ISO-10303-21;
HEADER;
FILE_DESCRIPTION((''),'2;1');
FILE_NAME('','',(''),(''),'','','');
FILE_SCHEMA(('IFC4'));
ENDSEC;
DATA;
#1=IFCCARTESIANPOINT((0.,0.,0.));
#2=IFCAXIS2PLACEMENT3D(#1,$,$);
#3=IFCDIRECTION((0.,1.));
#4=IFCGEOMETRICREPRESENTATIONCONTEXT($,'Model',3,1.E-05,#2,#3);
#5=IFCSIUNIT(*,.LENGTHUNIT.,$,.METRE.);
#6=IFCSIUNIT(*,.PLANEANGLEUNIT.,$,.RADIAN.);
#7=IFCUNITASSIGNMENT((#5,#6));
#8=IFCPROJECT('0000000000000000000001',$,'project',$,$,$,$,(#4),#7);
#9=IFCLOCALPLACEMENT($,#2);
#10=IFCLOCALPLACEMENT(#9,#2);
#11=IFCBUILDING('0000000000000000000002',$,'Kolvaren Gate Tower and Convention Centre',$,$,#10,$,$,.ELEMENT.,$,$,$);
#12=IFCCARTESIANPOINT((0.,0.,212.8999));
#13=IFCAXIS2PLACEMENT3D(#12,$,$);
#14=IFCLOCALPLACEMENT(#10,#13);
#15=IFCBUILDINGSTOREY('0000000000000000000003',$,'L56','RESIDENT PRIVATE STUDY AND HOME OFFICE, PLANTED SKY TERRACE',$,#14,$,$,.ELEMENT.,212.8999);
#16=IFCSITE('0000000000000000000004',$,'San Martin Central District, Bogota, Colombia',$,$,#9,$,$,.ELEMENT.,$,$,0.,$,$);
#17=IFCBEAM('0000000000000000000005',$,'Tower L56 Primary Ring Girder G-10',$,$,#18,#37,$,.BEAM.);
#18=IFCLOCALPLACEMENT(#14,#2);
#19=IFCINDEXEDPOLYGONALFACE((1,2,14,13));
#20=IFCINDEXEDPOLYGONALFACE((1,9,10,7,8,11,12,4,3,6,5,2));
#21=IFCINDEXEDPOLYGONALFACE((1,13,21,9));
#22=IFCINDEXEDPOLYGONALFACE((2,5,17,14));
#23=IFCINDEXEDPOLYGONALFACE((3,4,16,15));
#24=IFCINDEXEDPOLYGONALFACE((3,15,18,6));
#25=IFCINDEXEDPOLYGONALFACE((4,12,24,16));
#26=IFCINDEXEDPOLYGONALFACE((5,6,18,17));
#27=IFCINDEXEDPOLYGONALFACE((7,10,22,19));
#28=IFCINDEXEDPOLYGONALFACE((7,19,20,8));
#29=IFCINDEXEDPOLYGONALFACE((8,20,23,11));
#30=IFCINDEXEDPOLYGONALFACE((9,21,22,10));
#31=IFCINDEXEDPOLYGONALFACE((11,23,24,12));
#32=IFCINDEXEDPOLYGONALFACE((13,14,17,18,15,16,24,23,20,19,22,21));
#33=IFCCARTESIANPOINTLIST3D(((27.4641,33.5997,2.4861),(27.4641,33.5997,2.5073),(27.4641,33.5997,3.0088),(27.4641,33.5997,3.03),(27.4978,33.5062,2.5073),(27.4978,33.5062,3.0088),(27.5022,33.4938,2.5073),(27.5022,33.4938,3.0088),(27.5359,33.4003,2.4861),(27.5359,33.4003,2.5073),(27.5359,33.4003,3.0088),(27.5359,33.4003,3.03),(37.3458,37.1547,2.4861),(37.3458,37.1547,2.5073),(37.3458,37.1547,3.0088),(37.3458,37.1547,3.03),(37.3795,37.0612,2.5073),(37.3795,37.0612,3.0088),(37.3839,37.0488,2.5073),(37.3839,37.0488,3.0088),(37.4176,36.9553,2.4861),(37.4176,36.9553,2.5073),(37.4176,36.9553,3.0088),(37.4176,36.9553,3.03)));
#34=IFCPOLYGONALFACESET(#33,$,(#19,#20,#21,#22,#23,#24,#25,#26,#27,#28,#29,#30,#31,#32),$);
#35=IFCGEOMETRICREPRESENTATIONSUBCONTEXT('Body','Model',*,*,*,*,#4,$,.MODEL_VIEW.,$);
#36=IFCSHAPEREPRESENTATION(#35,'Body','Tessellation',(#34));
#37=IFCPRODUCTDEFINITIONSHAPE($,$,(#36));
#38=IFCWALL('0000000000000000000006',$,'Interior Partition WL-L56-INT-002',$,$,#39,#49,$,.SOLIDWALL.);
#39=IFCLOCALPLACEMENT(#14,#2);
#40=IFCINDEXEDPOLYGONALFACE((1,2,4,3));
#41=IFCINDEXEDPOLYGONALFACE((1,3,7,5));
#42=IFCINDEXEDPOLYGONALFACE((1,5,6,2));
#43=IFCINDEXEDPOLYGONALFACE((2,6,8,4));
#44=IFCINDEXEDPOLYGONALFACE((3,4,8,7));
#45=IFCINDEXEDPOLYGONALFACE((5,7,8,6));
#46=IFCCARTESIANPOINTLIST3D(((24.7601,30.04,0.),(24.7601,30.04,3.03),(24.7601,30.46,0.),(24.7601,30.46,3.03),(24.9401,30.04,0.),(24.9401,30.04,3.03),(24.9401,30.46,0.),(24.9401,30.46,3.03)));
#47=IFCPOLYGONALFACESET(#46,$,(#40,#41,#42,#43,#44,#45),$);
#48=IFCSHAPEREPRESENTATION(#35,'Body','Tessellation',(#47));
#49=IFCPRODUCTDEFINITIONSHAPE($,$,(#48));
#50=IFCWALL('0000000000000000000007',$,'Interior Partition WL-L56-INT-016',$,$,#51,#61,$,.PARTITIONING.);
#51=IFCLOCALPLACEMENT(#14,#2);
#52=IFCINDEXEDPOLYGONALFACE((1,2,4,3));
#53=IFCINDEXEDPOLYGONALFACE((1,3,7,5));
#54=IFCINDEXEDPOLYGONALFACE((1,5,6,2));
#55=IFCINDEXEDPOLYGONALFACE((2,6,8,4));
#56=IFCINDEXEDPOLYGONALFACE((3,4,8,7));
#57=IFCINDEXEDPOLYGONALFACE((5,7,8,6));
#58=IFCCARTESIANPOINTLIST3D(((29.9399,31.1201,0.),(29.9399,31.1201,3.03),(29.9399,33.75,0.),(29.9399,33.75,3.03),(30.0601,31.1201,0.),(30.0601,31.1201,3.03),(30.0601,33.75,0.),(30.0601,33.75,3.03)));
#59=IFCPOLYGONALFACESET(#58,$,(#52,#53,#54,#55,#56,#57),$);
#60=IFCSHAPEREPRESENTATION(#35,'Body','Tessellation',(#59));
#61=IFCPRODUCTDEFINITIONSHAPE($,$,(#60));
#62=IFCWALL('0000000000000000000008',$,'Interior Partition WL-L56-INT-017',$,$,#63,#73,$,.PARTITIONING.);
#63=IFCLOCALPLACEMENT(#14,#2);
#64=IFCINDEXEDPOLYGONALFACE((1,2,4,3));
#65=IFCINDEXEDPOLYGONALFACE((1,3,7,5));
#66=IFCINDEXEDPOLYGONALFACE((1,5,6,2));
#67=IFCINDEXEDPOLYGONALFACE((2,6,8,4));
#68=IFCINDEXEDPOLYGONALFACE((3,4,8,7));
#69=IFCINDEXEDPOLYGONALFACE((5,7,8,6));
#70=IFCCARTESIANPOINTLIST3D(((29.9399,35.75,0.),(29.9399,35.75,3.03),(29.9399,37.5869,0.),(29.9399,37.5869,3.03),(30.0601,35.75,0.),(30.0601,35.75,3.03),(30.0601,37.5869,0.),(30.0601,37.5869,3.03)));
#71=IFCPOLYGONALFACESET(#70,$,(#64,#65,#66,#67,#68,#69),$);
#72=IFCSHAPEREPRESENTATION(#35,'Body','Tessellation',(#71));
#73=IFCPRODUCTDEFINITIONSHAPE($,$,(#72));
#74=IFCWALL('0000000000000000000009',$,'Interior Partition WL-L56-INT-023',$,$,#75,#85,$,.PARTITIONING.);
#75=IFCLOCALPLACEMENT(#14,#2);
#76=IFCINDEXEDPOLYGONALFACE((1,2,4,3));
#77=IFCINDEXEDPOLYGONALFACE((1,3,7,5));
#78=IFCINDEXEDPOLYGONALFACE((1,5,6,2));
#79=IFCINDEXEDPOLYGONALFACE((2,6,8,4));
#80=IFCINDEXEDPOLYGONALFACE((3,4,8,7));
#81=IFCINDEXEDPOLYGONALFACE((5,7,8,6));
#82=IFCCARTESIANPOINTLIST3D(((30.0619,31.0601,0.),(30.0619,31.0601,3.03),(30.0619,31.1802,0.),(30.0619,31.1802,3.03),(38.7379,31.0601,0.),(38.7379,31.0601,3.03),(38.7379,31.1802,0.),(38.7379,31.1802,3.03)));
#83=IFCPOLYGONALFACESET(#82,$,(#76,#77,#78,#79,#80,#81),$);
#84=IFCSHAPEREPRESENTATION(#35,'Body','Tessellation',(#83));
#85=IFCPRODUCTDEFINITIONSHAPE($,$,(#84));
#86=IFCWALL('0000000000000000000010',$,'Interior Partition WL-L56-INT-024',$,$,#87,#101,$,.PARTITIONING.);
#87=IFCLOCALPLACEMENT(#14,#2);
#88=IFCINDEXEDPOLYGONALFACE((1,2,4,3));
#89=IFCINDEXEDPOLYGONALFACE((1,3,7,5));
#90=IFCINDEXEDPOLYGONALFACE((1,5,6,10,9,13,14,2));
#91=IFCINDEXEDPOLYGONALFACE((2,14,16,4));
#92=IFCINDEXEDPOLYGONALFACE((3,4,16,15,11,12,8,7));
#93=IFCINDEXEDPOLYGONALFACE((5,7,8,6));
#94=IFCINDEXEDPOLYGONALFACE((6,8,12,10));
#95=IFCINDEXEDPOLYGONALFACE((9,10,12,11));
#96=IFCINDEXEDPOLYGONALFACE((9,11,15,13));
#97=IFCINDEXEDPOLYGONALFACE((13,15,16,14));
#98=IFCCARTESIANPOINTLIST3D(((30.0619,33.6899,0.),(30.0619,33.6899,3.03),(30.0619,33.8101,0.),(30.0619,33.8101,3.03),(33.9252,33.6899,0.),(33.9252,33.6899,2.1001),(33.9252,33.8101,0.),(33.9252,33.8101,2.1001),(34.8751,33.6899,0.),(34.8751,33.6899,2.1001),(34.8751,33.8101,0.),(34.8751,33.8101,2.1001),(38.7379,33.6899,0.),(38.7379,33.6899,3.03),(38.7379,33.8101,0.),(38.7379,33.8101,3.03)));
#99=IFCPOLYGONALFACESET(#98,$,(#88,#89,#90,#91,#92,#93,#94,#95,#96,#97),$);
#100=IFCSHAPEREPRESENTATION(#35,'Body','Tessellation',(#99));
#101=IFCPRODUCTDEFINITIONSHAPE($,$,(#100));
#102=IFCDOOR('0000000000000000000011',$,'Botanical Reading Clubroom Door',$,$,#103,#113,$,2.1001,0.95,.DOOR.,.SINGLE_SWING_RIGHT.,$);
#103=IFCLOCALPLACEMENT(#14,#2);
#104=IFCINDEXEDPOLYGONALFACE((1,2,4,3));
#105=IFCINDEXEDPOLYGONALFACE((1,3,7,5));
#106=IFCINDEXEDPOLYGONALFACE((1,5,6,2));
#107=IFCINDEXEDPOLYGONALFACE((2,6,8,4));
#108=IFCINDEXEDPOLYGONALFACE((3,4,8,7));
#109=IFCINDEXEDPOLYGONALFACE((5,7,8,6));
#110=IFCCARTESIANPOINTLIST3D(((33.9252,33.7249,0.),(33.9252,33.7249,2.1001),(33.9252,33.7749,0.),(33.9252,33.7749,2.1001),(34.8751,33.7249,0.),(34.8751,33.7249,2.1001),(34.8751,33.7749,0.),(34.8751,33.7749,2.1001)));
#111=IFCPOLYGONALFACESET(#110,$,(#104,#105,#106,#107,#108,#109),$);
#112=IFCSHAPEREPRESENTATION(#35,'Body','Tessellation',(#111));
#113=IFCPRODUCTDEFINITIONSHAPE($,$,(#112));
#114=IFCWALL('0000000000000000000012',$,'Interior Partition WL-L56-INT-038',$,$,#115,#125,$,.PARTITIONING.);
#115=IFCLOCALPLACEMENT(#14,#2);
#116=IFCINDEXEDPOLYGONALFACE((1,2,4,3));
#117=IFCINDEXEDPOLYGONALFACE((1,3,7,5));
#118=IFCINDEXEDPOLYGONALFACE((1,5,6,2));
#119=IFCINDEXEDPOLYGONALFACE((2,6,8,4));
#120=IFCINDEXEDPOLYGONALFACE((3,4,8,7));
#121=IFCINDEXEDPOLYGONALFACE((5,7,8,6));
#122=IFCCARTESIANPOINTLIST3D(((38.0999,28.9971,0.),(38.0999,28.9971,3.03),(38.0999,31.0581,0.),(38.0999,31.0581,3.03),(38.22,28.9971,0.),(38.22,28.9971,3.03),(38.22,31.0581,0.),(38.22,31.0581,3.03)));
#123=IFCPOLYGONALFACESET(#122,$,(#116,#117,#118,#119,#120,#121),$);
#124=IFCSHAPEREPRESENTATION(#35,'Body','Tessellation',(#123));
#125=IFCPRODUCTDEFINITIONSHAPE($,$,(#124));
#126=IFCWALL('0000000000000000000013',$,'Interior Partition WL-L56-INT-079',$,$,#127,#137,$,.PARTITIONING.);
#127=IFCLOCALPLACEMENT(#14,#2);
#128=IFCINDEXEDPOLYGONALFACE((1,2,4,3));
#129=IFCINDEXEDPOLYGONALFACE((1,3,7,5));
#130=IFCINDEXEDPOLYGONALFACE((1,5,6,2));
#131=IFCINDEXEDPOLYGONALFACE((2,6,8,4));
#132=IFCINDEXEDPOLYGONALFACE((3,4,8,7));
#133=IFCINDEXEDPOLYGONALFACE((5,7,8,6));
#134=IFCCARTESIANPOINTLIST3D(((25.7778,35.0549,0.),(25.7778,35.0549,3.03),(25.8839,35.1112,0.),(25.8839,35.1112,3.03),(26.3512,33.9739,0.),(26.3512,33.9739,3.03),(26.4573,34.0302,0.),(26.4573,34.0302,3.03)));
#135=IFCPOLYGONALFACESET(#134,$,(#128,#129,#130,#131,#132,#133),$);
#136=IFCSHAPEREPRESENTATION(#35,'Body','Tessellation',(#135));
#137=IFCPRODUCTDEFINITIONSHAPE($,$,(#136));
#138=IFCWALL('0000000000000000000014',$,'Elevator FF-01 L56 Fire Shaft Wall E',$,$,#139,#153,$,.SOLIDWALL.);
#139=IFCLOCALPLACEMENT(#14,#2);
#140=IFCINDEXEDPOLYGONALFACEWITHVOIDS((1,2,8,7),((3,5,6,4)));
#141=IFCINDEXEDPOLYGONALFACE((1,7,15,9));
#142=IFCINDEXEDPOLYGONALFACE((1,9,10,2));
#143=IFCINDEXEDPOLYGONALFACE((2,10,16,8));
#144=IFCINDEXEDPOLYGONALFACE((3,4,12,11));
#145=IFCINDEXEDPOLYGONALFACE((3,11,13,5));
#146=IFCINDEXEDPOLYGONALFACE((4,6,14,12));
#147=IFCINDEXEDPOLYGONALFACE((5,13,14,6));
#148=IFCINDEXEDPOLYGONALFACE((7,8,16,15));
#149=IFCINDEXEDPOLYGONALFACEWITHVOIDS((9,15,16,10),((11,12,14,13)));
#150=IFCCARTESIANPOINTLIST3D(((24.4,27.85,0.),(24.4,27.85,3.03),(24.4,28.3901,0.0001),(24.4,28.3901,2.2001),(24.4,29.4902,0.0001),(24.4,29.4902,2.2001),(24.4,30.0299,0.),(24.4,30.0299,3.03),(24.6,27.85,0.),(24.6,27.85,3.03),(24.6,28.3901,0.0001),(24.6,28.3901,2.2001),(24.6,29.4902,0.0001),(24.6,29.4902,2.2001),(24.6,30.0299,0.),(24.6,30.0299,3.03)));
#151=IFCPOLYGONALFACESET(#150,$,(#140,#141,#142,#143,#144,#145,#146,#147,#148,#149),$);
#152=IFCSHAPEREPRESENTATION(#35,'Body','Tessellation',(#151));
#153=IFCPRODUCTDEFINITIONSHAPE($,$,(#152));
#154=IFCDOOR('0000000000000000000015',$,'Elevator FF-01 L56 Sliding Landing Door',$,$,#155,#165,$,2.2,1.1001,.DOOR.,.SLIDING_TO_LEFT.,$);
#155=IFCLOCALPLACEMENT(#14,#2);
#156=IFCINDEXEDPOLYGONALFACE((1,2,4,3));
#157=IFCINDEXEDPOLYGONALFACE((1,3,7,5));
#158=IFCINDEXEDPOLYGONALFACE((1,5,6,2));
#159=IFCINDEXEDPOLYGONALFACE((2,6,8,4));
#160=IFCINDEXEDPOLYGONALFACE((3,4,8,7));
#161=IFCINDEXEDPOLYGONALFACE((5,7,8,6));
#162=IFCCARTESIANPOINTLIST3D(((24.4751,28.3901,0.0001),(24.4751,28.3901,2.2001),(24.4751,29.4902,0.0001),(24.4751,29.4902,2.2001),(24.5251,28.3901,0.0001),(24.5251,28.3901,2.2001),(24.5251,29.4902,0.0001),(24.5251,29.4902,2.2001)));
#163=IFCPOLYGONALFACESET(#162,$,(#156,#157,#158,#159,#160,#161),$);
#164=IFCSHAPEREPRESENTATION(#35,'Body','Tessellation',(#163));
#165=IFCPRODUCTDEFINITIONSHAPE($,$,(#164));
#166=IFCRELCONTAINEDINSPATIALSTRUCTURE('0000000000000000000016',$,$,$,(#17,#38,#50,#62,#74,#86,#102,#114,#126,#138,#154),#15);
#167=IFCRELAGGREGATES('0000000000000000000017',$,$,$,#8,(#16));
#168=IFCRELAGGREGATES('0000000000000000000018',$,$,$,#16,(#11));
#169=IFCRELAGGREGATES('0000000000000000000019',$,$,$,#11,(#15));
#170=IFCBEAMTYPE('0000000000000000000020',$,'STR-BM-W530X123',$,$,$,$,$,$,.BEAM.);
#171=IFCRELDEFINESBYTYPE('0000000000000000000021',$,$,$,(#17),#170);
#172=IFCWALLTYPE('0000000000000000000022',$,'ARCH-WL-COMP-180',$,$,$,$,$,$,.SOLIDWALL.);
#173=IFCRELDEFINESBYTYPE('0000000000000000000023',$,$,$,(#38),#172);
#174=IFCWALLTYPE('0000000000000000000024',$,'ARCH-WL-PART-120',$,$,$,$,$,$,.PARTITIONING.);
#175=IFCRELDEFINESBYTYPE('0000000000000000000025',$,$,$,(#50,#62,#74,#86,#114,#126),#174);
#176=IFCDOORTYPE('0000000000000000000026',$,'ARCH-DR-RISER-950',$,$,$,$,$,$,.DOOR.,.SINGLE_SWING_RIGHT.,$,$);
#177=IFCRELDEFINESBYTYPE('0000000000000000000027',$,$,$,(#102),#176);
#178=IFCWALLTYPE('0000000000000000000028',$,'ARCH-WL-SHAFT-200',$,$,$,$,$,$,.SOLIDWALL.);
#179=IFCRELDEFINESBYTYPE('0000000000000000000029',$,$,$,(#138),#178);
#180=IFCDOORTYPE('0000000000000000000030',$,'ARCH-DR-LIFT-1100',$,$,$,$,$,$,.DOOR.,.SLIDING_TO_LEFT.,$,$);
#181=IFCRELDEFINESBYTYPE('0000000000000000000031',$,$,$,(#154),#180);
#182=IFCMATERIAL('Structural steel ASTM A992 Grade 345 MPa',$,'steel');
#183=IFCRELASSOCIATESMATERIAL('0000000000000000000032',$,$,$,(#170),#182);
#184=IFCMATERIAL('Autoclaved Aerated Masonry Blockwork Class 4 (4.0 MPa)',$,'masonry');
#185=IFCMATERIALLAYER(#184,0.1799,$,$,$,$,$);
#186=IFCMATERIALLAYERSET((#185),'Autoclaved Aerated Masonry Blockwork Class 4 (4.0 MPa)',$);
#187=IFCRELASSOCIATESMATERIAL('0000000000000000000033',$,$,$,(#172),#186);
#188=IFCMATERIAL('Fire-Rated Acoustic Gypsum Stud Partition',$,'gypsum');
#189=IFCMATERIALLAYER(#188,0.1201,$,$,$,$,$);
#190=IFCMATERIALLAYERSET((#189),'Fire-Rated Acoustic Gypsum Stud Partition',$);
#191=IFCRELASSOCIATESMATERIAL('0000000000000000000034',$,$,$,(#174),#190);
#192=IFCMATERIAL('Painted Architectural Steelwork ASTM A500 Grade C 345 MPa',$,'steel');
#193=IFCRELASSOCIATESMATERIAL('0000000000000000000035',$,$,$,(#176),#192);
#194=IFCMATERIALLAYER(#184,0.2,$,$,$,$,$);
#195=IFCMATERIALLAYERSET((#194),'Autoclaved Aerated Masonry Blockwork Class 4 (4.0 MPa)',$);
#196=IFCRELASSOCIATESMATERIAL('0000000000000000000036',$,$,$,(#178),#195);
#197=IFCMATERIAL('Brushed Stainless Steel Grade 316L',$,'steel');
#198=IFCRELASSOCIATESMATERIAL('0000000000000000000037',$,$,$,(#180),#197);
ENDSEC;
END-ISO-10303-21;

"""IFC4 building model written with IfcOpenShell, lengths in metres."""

from ifc_helpers import new_model, si_unit, direction, frame, frame_2d, origin, origin_2d, place, context, subcontext, project, spatial, rectangle, i_section, extrude, material, layer, layer_set, material_profile, profile_set, type_object, element, fill, save


model = new_model("IFC4")

# Units and contexts
model_context = context("Model", 3, precision=1e-05, world=origin(), true_north=direction((0.0, 1.0)))
body_context = subcontext(model_context, "Body", "Model", "MODEL_VIEW")
ifc_project = project(units=[si_unit("LENGTHUNIT", "METRE"), si_unit("PLANEANGLEUNIT", "RADIAN")], contexts=[model_context])

# Site, building, storey
site_placement = place(None, origin())
site = spatial("IfcSite", under=ifc_project, at=site_placement, Name="San Martin Central District, Bogota, Colombia", CompositionType="ELEMENT", RefElevation=0.0)
building_placement = place(site_placement, origin())
building = spatial("IfcBuilding", under=site, at=building_placement, Name="Kolvaren Gate Tower and Convention Centre", CompositionType="ELEMENT")
storey_placement = place(building_placement, frame((0.0, 0.0, 212.8999)))
storey = spatial("IfcBuildingStorey", under=building, at=storey_placement, Name="L56", Description="RESIDENT PRIVATE STUDY AND HOME OFFICE, PLANTED SKY TERRACE", CompositionType="ELEMENT", Elevation=212.8999)

# Beam
ifc_material_1 = material(Name="Structural steel ASTM A992 Grade 345 MPa", Category="steel")
ifc_material_profile = material_profile(ifc_material_1, i_section(OverallWidth=0.2119, OverallDepth=0.5439, WebThickness=0.0132, FlangeThickness=0.0212, at=origin_2d()), Name="W530X123")
ifc_profile_set = profile_set([ifc_material_profile], Name="Structural steel ASTM A992 Grade 345 MPa")
beam_type = type_object("IfcBeamType", Name="STR-BM-W530X123", PredefinedType="BEAM", material=ifc_profile_set)
beam_placement = place(storey_placement, frame((27.5, 33.5, 2.7581), z_axis=(0.940961, 0.338514, 0.0), x_axis=(-0.338514, 0.940961, 0.0)))
element("IfcBeam", 1, at=beam_placement, inside=storey, type_object=beam_type, Name="Tower L56 Primary Ring Girder G-10", PredefinedType="BEAM", context=body_context, shape_type="SweptSolid", body=[
    extrude(i_section(OverallWidth=0.2119, OverallDepth=0.5439, WebThickness=0.0132, FlangeThickness=0.0212, at=origin_2d()), origin(), (0.0, 0.0, 1.0), 10.5017),
])

# Walls
ifc_material_2 = material(Name="Autoclaved Aerated Masonry Blockwork Class 4 (4.0 MPa)", Category="masonry")
ifc_layer_1 = layer(ifc_material_2, 0.1799)
ifc_layer_set_1 = layer_set([ifc_layer_1], Name="Autoclaved Aerated Masonry Blockwork Class 4 (4.0 MPa)")
wall_type_1 = type_object("IfcWallType", Name="ARCH-WL-COMP-180", PredefinedType="SOLIDWALL", material=ifc_layer_set_1)
wall_1_placement = place(storey_placement, frame((24.8501, 30.04, 0.0), z_axis=(0.0, 0.0, 1.0), x_axis=(0.0, 1.0, 0.0)))
element("IfcWall", 2, at=wall_1_placement, inside=storey, type_object=wall_type_1, Name="Interior Partition WL-L56-INT-002", PredefinedType="SOLIDWALL", context=body_context, shape_type="SweptSolid", body=[
    extrude(rectangle(XDim=0.4199, YDim=0.1799, at=frame_2d((0.21, 0.0))), origin(), (0.0, 0.0, 1.0), 3.03),
])
ifc_material_3 = material(Name="Fire-Rated Acoustic Gypsum Stud Partition", Category="gypsum")
ifc_layer_2 = layer(ifc_material_3, 0.1201)
ifc_layer_set_2 = layer_set([ifc_layer_2], Name="Fire-Rated Acoustic Gypsum Stud Partition")
wall_type_2 = type_object("IfcWallType", Name="ARCH-WL-PART-120", PredefinedType="PARTITIONING", material=ifc_layer_set_2)
wall_2_placement = place(storey_placement, frame((30.0, 31.1201, 0.0), z_axis=(0.0, 0.0, 1.0), x_axis=(0.0, 1.0, 0.0)))
element("IfcWall", 3, at=wall_2_placement, inside=storey, type_object=wall_type_2, Name="Interior Partition WL-L56-INT-016", PredefinedType="PARTITIONING", context=body_context, shape_type="SweptSolid", body=[
    extrude(rectangle(XDim=2.6299, YDim=0.1201, at=frame_2d((1.3149, 0.0))), origin(), (0.0, 0.0, 1.0), 3.03),
])
wall_3_placement = place(storey_placement, frame((30.0, 35.75, 0.0), z_axis=(0.0, 0.0, 1.0), x_axis=(0.0, 1.0, 0.0)))
element("IfcWall", 4, at=wall_3_placement, inside=storey, type_object=wall_type_2, Name="Interior Partition WL-L56-INT-017", PredefinedType="PARTITIONING", context=body_context, shape_type="SweptSolid", body=[
    extrude(rectangle(XDim=1.8369, YDim=0.1201, at=frame_2d((0.9185, 0.0))), origin(), (0.0, 0.0, 1.0), 3.03),
])
wall_4_placement = place(storey_placement, frame((30.062, 31.1201, 0.0), z_axis=(0.0, 0.0, 1.0), x_axis=(1.0, 0.0, 0.0)))
element("IfcWall", 5, at=wall_4_placement, inside=storey, type_object=wall_type_2, Name="Interior Partition WL-L56-INT-023", PredefinedType="PARTITIONING", context=body_context, shape_type="SweptSolid", body=[
    extrude(rectangle(XDim=8.676, YDim=0.1201, at=frame_2d((4.3379, 0.0))), origin(), (0.0, 0.0, 1.0), 3.03),
])

# Wall, opening, door
wall_5_placement = place(storey_placement, frame((30.062, 33.75, 0.0), z_axis=(0.0, 0.0, 1.0), x_axis=(1.0, 0.0, 0.0)))
wall_5 = element("IfcWall", 6, at=wall_5_placement, inside=storey, type_object=wall_type_2, Name="Interior Partition WL-L56-INT-024", PredefinedType="PARTITIONING", context=body_context, shape_type="SweptSolid", body=[
    extrude(rectangle(XDim=8.676, YDim=0.1201, at=frame_2d((4.3379, 0.0))), origin(), (0.0, 0.0, 1.0), 3.03),
])
opening_1_placement = place(wall_5_placement, frame((3.863, 0.0, 0.0)))
opening_1 = element("IfcOpeningElement", 7, at=opening_1_placement, cuts=wall_5, PredefinedType="OPENING", context=body_context, shape_type="SweptSolid", body=[
    extrude(rectangle(XDim=0.95, YDim=2.1001, at=frame_2d((0.4751, 1.05))), frame((0.0, 0.0701, 0.0), z_axis=(0.0, -1.0, 0.0), x_axis=(1.0, 0.0, 0.0)), (0.0, 0.0, 1.0), 0.1401),
])
ifc_material_4 = material(Name="Painted Architectural Steelwork ASTM A500 Grade C 345 MPa", Category="steel")
door_type_1 = type_object("IfcDoorType", Name="ARCH-DR-RISER-950", OperationType="SINGLE_SWING_RIGHT", PredefinedType="DOOR", material=ifc_material_4)
door_1_placement = place(opening_1_placement, origin())
door_1 = element("IfcDoor", 8, at=door_1_placement, inside=storey, type_object=door_type_1, Name="Botanical Reading Clubroom Door", OperationType="SINGLE_SWING_RIGHT", OverallHeight=2.1001, OverallWidth=0.95, PredefinedType="DOOR", context=body_context, shape_type="SweptSolid", body=[
    extrude(rectangle(XDim=0.95, YDim=2.1001, at=frame_2d((0.4751, 1.05))), frame((0.0, 0.0249, 0.0), z_axis=(0.0, -1.0, 0.0), x_axis=(1.0, 0.0, 0.0)), (0.0, 0.0, 1.0), 0.05),
])
fill(opening_1, door_1)

# Walls
wall_6_placement = place(storey_placement, frame((38.1599, 28.9971, 0.0), z_axis=(0.0, 0.0, 1.0), x_axis=(0.0, 1.0, 0.0)))
element("IfcWall", 9, at=wall_6_placement, inside=storey, type_object=wall_type_2, Name="Interior Partition WL-L56-INT-038", PredefinedType="PARTITIONING", context=body_context, shape_type="SweptSolid", body=[
    extrude(rectangle(XDim=2.061, YDim=0.1201, at=frame_2d((1.0305, 0.0))), origin(), (0.0, 0.0, 1.0), 3.03),
])
wall_7_placement = place(storey_placement, frame((25.8308, 35.083, 0.0), z_axis=(0.0, 0.0, 1.0), x_axis=(0.46863, -0.883395, 0.0)))
element("IfcWall", 10, at=wall_7_placement, inside=storey, type_object=wall_type_2, Name="Interior Partition WL-L56-INT-079", PredefinedType="PARTITIONING", context=body_context, shape_type="SweptSolid", body=[
    extrude(rectangle(XDim=1.2236, YDim=0.1201, at=frame_2d((0.6118, 0.0))), origin(), (0.0, 0.0, 1.0), 3.03),
])

# Wall, opening, door
ifc_layer_3 = layer(ifc_material_2, 0.2)
ifc_layer_set_3 = layer_set([ifc_layer_3], Name="Autoclaved Aerated Masonry Blockwork Class 4 (4.0 MPa)")
wall_type_3 = type_object("IfcWallType", Name="ARCH-WL-SHAFT-200", PredefinedType="SOLIDWALL", material=ifc_layer_set_3)
wall_8_placement = place(storey_placement, frame((24.5, 27.8501, 0.0), z_axis=(0.0, 0.0, 1.0), x_axis=(0.0, 1.0, 0.0)))
wall_8 = element("IfcWall", 11, at=wall_8_placement, inside=storey, type_object=wall_type_3, Name="Elevator FF-01 L56 Fire Shaft Wall E", PredefinedType="SOLIDWALL", context=body_context, shape_type="SweptSolid", body=[
    extrude(rectangle(XDim=2.1799, YDim=0.2, at=frame_2d((1.0898, 0.0))), origin(), (0.0, 0.0, 1.0), 3.03),
])
opening_2_placement = place(wall_8_placement, frame((0.54, 0.0, 0.0)))
opening_2 = element("IfcOpeningElement", 12, at=opening_2_placement, cuts=wall_8, PredefinedType="OPENING", context=body_context, shape_type="SweptSolid", body=[
    extrude(rectangle(XDim=1.1001, YDim=2.2, at=frame_2d((0.55, 1.1001))), frame((0.0, 0.1099, 0.0), z_axis=(0.0, -1.0, 0.0), x_axis=(1.0, 0.0, 0.0)), (0.0, 0.0, 1.0), 0.22),
])
ifc_material_5 = material(Name="Brushed Stainless Steel Grade 316L", Category="steel")
door_type_2 = type_object("IfcDoorType", Name="ARCH-DR-LIFT-1100", OperationType="SLIDING_TO_LEFT", PredefinedType="DOOR", material=ifc_material_5)
door_2_placement = place(opening_2_placement, origin())
door_2 = element("IfcDoor", 13, at=door_2_placement, inside=storey, type_object=door_type_2, Name="Elevator FF-01 L56 Sliding Landing Door", OperationType="SLIDING_TO_LEFT", OverallHeight=2.2, OverallWidth=1.1001, PredefinedType="DOOR", context=body_context, shape_type="SweptSolid", body=[
    extrude(rectangle(XDim=1.1001, YDim=2.2, at=frame_2d((0.55, 1.1001))), frame((0.0, 0.0249, 0.0), z_axis=(0.0, -1.0, 0.0), x_axis=(1.0, 0.0, 0.0)), (0.0, 0.0, 1.0), 0.05),
])
fill(opening_2, door_2)

save(model, "model.ifc")
